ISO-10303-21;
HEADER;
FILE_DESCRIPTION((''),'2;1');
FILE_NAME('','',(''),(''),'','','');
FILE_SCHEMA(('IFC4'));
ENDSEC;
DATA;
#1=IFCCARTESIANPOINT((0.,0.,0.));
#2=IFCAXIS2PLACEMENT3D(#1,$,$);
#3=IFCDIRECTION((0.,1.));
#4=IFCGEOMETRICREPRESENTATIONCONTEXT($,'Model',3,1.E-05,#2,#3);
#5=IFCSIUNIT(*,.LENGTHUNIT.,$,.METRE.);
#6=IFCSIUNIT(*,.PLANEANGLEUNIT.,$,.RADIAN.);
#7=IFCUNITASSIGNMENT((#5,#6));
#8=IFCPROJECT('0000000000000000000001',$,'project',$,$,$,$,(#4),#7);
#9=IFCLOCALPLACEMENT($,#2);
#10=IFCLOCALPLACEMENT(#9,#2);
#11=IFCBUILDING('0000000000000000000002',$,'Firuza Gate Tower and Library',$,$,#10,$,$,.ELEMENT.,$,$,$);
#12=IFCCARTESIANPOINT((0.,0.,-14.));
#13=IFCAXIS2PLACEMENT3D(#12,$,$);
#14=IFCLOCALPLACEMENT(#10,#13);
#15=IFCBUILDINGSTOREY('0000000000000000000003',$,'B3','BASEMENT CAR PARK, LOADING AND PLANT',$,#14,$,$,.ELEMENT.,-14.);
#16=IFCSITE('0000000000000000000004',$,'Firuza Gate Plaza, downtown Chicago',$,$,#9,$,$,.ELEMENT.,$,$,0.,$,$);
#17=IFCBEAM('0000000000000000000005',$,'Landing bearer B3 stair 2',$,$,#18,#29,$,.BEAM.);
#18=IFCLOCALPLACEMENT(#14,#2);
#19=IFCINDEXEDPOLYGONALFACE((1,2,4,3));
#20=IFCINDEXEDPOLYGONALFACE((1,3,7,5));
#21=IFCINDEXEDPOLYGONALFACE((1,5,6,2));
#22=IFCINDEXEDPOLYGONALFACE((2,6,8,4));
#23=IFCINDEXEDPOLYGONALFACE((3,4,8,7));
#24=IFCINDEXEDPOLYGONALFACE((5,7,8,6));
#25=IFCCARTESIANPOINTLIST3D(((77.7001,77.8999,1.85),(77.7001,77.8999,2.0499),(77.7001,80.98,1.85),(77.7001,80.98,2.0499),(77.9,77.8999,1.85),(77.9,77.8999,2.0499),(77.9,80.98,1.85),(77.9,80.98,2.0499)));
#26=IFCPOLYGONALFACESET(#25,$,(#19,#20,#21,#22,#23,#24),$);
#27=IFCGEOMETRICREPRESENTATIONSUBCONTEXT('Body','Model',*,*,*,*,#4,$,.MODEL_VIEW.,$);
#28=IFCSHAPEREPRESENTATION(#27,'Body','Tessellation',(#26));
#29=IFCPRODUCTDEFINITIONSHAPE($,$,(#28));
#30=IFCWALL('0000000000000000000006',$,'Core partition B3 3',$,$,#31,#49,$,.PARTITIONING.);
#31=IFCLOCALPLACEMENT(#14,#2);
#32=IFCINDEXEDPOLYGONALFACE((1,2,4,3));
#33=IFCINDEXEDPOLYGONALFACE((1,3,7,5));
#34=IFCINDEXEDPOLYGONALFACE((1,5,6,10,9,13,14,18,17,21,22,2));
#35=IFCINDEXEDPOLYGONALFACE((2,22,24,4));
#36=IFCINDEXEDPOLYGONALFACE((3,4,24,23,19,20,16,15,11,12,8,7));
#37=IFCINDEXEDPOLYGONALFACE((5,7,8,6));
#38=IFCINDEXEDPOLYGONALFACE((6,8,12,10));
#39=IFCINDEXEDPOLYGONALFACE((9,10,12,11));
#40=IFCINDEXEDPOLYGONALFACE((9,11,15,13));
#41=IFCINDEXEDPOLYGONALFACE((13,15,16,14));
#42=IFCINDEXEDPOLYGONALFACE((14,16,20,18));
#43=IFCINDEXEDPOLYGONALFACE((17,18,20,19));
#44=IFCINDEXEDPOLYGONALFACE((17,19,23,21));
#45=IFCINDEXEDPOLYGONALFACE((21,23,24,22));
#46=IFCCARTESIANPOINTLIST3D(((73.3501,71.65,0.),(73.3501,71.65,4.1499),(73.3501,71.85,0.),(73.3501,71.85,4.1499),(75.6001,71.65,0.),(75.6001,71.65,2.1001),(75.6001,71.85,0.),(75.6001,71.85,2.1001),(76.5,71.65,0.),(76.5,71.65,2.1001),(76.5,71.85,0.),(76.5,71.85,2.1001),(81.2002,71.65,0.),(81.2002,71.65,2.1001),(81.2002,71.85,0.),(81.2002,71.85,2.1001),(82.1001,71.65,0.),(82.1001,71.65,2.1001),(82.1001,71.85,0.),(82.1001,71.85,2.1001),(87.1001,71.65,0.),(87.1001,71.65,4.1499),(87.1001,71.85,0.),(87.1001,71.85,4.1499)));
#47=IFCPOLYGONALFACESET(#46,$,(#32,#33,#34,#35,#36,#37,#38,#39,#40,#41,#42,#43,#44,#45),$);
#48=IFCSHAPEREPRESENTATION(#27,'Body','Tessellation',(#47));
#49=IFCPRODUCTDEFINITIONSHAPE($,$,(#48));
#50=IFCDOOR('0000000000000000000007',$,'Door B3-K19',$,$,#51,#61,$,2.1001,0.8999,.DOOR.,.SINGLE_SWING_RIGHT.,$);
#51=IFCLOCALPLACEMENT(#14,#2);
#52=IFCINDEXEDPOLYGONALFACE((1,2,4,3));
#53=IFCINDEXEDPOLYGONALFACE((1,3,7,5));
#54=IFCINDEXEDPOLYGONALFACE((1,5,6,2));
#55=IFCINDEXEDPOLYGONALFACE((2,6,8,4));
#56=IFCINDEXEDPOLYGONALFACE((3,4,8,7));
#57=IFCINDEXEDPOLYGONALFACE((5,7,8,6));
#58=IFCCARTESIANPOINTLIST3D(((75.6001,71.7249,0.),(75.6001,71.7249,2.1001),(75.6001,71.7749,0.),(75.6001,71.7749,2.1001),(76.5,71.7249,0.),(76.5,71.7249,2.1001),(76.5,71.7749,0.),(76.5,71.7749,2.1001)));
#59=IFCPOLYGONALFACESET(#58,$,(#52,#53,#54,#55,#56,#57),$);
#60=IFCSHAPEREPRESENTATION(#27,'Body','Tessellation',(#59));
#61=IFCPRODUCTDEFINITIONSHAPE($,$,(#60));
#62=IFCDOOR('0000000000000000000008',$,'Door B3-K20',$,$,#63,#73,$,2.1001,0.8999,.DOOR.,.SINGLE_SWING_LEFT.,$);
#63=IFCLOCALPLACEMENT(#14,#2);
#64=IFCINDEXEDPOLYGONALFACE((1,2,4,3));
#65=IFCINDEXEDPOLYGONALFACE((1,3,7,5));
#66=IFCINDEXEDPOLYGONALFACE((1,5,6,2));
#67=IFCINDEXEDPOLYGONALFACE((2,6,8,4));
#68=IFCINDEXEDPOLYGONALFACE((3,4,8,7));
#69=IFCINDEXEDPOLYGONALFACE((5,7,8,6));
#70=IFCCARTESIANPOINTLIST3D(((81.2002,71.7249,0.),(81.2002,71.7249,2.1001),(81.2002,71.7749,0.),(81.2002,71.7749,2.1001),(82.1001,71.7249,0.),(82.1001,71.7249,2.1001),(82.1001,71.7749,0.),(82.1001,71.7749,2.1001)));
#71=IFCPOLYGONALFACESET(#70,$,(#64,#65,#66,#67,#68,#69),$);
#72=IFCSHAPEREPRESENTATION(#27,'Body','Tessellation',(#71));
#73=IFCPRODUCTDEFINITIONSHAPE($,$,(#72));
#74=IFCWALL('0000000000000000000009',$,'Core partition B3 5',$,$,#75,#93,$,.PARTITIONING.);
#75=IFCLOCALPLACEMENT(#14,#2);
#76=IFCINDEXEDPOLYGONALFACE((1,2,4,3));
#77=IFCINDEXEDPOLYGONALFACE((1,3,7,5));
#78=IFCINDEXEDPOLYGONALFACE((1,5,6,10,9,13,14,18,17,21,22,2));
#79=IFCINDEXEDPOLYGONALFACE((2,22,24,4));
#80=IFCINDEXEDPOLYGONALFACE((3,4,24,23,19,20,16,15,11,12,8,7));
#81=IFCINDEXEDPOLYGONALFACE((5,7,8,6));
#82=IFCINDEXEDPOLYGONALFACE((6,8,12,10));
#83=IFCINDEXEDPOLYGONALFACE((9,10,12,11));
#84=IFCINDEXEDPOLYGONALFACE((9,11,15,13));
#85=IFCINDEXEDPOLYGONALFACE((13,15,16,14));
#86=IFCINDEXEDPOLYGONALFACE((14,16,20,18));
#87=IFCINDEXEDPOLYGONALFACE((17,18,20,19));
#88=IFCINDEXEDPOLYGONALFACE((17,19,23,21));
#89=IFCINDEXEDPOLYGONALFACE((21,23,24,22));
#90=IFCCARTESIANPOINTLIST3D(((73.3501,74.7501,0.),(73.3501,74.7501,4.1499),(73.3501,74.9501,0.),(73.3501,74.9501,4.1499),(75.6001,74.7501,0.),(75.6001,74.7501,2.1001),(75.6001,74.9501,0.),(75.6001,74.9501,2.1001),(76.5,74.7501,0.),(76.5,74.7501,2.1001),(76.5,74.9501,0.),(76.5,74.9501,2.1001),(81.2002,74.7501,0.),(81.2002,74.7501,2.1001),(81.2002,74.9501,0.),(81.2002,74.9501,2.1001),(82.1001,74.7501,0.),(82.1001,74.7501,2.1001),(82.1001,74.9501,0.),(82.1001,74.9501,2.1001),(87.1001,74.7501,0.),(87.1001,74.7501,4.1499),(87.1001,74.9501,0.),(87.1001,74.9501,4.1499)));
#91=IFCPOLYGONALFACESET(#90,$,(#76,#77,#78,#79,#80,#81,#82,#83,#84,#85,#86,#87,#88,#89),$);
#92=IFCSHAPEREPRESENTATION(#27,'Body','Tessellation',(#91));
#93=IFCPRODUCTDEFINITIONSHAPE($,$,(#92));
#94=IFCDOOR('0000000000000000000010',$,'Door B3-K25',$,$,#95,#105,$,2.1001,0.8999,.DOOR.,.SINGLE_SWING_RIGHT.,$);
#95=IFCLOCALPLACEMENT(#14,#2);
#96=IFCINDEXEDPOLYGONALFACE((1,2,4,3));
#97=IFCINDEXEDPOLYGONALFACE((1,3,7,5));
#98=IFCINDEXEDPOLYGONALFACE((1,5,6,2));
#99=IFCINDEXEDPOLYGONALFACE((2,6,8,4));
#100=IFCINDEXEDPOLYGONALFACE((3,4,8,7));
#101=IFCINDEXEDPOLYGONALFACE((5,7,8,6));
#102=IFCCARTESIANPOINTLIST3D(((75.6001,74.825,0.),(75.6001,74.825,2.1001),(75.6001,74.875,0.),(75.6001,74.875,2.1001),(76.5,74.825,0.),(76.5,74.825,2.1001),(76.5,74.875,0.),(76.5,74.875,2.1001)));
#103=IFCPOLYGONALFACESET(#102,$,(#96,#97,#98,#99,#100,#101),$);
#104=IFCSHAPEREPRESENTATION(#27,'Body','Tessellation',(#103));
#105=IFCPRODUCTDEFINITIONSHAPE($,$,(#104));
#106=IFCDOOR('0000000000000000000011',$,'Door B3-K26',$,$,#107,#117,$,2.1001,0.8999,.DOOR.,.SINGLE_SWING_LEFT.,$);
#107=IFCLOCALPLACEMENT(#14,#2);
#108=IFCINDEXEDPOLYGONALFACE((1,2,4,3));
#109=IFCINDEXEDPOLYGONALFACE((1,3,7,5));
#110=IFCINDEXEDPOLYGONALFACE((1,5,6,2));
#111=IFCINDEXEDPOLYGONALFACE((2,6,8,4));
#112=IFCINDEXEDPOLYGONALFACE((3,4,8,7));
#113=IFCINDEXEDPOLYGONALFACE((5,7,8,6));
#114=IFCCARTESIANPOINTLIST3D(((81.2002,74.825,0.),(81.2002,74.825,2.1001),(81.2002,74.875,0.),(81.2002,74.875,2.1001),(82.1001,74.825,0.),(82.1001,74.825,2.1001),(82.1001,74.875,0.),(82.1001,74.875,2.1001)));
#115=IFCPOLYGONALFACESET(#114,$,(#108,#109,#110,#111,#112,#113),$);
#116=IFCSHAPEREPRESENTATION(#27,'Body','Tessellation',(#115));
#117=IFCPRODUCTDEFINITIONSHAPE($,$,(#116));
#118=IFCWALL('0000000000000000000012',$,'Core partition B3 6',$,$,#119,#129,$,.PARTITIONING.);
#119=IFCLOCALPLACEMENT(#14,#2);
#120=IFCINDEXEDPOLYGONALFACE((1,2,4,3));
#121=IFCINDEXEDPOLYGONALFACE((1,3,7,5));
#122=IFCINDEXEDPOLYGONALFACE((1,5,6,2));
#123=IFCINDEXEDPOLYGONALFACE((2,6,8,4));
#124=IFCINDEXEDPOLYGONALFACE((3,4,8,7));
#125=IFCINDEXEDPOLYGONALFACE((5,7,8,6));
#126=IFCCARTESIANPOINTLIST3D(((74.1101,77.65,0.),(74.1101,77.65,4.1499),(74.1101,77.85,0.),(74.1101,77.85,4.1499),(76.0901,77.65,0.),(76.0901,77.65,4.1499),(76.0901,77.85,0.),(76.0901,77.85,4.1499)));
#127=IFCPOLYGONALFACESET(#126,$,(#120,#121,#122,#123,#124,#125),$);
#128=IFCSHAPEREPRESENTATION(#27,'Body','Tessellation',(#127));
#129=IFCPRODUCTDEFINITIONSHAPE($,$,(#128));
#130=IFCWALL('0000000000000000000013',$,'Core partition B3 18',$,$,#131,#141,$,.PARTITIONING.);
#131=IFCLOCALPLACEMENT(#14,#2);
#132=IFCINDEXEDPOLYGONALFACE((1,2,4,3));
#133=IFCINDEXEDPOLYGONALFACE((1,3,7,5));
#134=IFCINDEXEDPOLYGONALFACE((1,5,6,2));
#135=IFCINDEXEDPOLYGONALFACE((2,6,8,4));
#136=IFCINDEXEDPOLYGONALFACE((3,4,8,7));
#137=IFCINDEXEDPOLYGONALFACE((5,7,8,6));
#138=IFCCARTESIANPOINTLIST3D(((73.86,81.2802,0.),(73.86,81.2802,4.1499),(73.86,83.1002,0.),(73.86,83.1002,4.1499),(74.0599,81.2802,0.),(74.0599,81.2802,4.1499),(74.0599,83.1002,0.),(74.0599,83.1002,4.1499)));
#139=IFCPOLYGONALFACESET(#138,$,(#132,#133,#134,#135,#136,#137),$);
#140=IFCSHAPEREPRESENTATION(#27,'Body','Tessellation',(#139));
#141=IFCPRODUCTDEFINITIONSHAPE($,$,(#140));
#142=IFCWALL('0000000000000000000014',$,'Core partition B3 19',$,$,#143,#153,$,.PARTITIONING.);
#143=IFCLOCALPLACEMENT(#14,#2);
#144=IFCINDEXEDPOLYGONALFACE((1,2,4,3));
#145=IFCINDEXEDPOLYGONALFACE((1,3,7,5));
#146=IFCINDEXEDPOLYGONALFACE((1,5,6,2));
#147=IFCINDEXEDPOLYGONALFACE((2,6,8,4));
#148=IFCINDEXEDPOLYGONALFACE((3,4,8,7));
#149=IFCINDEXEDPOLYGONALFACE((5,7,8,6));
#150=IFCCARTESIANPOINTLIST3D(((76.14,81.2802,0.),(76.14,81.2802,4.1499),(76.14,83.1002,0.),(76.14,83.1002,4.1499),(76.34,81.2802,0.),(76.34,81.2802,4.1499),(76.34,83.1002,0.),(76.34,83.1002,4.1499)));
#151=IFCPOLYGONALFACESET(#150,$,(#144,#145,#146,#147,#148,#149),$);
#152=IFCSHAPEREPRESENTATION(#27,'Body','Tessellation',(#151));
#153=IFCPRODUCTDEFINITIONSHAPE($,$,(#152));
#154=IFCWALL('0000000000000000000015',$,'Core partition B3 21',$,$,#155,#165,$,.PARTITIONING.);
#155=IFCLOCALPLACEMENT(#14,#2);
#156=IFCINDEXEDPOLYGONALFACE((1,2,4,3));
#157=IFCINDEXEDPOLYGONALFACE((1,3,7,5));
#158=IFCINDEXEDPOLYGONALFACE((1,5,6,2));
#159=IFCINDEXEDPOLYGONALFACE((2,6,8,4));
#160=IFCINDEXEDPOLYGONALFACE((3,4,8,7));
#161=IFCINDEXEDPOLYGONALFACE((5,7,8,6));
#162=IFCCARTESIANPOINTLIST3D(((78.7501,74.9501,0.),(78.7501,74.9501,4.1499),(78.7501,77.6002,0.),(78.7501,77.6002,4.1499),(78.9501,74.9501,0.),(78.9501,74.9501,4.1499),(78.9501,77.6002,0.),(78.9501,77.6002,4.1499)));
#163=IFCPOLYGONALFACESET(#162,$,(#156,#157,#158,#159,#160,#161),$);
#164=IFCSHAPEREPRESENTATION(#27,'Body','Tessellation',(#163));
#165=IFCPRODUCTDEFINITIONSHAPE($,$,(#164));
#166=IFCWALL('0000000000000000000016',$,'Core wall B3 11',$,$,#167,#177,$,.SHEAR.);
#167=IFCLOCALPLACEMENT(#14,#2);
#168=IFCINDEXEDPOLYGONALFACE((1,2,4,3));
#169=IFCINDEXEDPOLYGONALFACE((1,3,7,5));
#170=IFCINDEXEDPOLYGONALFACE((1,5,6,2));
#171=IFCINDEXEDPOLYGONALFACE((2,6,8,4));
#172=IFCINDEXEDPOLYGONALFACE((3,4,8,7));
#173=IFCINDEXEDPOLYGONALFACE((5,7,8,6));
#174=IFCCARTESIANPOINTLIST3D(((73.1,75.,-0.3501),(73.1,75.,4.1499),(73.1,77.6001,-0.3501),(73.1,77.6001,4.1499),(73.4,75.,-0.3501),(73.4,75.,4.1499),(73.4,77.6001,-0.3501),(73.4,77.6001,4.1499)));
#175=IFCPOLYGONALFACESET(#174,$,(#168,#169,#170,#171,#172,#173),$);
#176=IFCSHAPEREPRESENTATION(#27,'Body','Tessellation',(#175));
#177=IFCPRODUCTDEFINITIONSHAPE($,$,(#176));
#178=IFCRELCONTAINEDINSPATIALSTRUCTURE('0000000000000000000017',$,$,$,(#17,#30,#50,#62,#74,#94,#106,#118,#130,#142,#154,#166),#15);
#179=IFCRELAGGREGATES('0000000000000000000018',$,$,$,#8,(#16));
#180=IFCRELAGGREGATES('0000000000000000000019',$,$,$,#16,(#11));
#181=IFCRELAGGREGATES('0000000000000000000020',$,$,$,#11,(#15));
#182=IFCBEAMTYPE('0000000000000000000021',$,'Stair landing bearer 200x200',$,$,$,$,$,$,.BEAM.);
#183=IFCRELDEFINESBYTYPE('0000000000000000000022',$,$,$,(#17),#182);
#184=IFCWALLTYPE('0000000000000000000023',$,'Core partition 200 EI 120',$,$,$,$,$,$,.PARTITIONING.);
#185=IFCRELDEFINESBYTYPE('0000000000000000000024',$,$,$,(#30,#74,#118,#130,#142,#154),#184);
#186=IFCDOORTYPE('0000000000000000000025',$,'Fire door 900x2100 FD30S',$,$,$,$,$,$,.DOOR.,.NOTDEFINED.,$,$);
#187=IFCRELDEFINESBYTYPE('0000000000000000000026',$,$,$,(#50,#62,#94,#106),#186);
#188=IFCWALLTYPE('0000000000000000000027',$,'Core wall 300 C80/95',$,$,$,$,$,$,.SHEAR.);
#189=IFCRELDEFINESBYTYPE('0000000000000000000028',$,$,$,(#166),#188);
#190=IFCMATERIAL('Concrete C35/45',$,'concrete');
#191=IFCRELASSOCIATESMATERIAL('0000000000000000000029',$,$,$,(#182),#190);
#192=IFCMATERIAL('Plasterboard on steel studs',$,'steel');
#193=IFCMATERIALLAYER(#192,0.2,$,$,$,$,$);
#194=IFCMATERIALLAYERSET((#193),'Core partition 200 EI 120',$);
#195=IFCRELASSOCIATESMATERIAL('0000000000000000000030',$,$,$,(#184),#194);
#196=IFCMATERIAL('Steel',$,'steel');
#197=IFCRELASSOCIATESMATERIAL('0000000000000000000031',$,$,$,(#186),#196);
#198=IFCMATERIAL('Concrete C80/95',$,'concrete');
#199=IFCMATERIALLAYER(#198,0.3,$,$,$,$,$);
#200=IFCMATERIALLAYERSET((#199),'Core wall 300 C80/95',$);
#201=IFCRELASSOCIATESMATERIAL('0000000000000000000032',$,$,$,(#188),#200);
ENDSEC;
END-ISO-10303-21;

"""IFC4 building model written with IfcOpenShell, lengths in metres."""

from ifc_helpers import new_model, si_unit, direction, frame, frame_2d, origin, origin_2d, place, context, subcontext, project, spatial, rectangle, extrude, material, layer, layer_set, material_profile, profile_set, type_object, element, fill, save


model = new_model("IFC4")

# Units and contexts
model_context = context("Model", 3, precision=1e-05, world=origin(), true_north=direction((0.0, 1.0)))
body_context = subcontext(model_context, "Body", "Model", "MODEL_VIEW")
ifc_project = project(units=[si_unit("LENGTHUNIT", "METRE"), si_unit("PLANEANGLEUNIT", "RADIAN")], contexts=[model_context])

# Site, building, storey
site_placement = place(None, origin())
site = spatial("IfcSite", under=ifc_project, at=site_placement, Name="Firuza Gate Plaza, downtown Chicago", CompositionType="ELEMENT", RefElevation=0.0)
building_placement = place(site_placement, origin())
building = spatial("IfcBuilding", under=site, at=building_placement, Name="Firuza Gate Tower and Library", CompositionType="ELEMENT")
storey_placement = place(building_placement, frame((0.0, 0.0, -14.0)))
storey = spatial("IfcBuildingStorey", under=building, at=storey_placement, Name="B3", Description="BASEMENT CAR PARK, LOADING AND PLANT", CompositionType="ELEMENT", Elevation=-14.0)

# Beam
ifc_material_1 = material(Name="Concrete C35/45", Category="concrete")
ifc_material_profile_1 = material_profile(ifc_material_1, rectangle(XDim=0.2, YDim=0.2, at=origin_2d()))
ifc_profile_set_1 = profile_set([ifc_material_profile_1], Name="Concrete C35/45")
beam_type = type_object("IfcBeamType", Name="Stair landing bearer 200x200", PredefinedType="BEAM", material=ifc_profile_set_1)
beam_placement = place(storey_placement, frame((77.8, 80.98, 1.95), z_axis=(0.0, -1.0, 0.0), x_axis=(1.0, 0.0, 0.0)))
element("IfcBeam", 1, at=beam_placement, inside=storey, type_object=beam_type, Name="Landing bearer B3 stair 2", PredefinedType="BEAM", context=body_context, shape_type="SweptSolid", body=[
    extrude(rectangle(XDim=0.2, YDim=0.2, at=origin_2d()), origin(), (0.0, 0.0, 1.0), 3.0801),
])

# Walls, openings, doors
ifc_material_2 = material(Name="Plasterboard on steel studs", Category="steel")
ifc_layer_1 = layer(ifc_material_2, 0.2)
ifc_layer_set_1 = layer_set([ifc_layer_1], Name="Core partition 200 EI 120")
wall_type_1 = type_object("IfcWallType", Name="Core partition 200 EI 120", PredefinedType="PARTITIONING", material=ifc_layer_set_1)
wall_1_placement = place(storey_placement, frame((73.3501, 71.75, 0.0), z_axis=(0.0, 0.0, 1.0), x_axis=(1.0, 0.0, 0.0)))
wall_1 = element("IfcWall", 2, at=wall_1_placement, inside=storey, type_object=wall_type_1, Name="Core partition B3 3", PredefinedType="PARTITIONING", context=body_context, shape_type="SweptSolid", body=[
    extrude(rectangle(XDim=13.75, YDim=0.2, at=frame_2d((6.875, 0.0))), origin(), (0.0, 0.0, 1.0), 4.1499),
])
opening_1_placement = place(wall_1_placement, frame((2.25, 0.0, 0.0)))
opening_1 = element("IfcOpeningElement", 3, at=opening_1_placement, cuts=wall_1, PredefinedType="OPENING", context=body_context, shape_type="SweptSolid", body=[
    extrude(rectangle(XDim=0.8999, YDim=2.1001, at=frame_2d((0.45, 1.05))), frame((0.0, 0.1099, 0.0), z_axis=(0.0, -1.0, 0.0), x_axis=(1.0, 0.0, 0.0)), (0.0, 0.0, 1.0), 0.22),
])
opening_2_placement = place(wall_1_placement, frame((7.8501, 0.0, 0.0)))
opening_2 = element("IfcOpeningElement", 4, at=opening_2_placement, cuts=wall_1, PredefinedType="OPENING", context=body_context, shape_type="SweptSolid", body=[
    extrude(rectangle(XDim=0.8999, YDim=2.1001, at=frame_2d((0.45, 1.05))), frame((0.0, 0.1099, 0.0), z_axis=(0.0, -1.0, 0.0), x_axis=(1.0, 0.0, 0.0)), (0.0, 0.0, 1.0), 0.22),
])
ifc_material_3 = material(Name="Steel", Category="steel")
door_type_1 = type_object("IfcDoorType", Name="Fire door 900x2100 FD30S", OperationType="NOTDEFINED", PredefinedType="DOOR", material=ifc_material_3)
door_1_placement = place(opening_1_placement, origin())
door_1 = element("IfcDoor", 5, at=door_1_placement, inside=storey, type_object=door_type_1, Name="Door B3-K19", OperationType="SINGLE_SWING_RIGHT", OverallHeight=2.1001, OverallWidth=0.8999, PredefinedType="DOOR", context=body_context, shape_type="SweptSolid", body=[
    extrude(rectangle(XDim=0.8999, YDim=2.1001, at=frame_2d((0.45, 1.05))), frame((0.0, 0.0249, 0.0), z_axis=(0.0, -1.0, 0.0), x_axis=(1.0, 0.0, 0.0)), (0.0, 0.0, 1.0), 0.05),
])
fill(opening_1, door_1)
door_2_placement = place(opening_2_placement, origin())
door_2 = element("IfcDoor", 6, at=door_2_placement, inside=storey, type_object=door_type_1, Name="Door B3-K20", OperationType="SINGLE_SWING_LEFT", OverallHeight=2.1001, OverallWidth=0.8999, PredefinedType="DOOR", context=body_context, shape_type="SweptSolid", body=[
    extrude(rectangle(XDim=0.8999, YDim=2.1001, at=frame_2d((0.45, 1.05))), frame((0.0, 0.0249, 0.0), z_axis=(0.0, -1.0, 0.0), x_axis=(1.0, 0.0, 0.0)), (0.0, 0.0, 1.0), 0.05),
])
fill(opening_2, door_2)
wall_2_placement = place(storey_placement, frame((73.3501, 74.8501, 0.0), z_axis=(0.0, 0.0, 1.0), x_axis=(1.0, 0.0, 0.0)))
wall_2 = element("IfcWall", 7, at=wall_2_placement, inside=storey, type_object=wall_type_1, Name="Core partition B3 5", PredefinedType="PARTITIONING", context=body_context, shape_type="SweptSolid", body=[
    extrude(rectangle(XDim=13.75, YDim=0.2, at=frame_2d((6.875, 0.0))), origin(), (0.0, 0.0, 1.0), 4.1499),
])
opening_3_placement = place(wall_2_placement, frame((2.25, 0.0, 0.0)))
opening_3 = element("IfcOpeningElement", 8, at=opening_3_placement, cuts=wall_2, PredefinedType="OPENING", context=body_context, shape_type="SweptSolid", body=[
    extrude(rectangle(XDim=0.8999, YDim=2.1001, at=frame_2d((0.45, 1.05))), frame((0.0, 0.1099, 0.0), z_axis=(0.0, -1.0, 0.0), x_axis=(1.0, 0.0, 0.0)), (0.0, 0.0, 1.0), 0.22),
])
opening_4_placement = place(wall_2_placement, frame((7.8501, 0.0, 0.0)))
opening_4 = element("IfcOpeningElement", 9, at=opening_4_placement, cuts=wall_2, PredefinedType="OPENING", context=body_context, shape_type="SweptSolid", body=[
    extrude(rectangle(XDim=0.8999, YDim=2.1001, at=frame_2d((0.45, 1.05))), frame((0.0, 0.1099, 0.0), z_axis=(0.0, -1.0, 0.0), x_axis=(1.0, 0.0, 0.0)), (0.0, 0.0, 1.0), 0.22),
])
door_3_placement = place(opening_3_placement, origin())
door_3 = element("IfcDoor", 10, at=door_3_placement, inside=storey, type_object=door_type_1, Name="Door B3-K25", OperationType="SINGLE_SWING_RIGHT", OverallHeight=2.1001, OverallWidth=0.8999, PredefinedType="DOOR", context=body_context, shape_type="SweptSolid", body=[
    extrude(rectangle(XDim=0.8999, YDim=2.1001, at=frame_2d((0.45, 1.05))), frame((0.0, 0.0249, 0.0), z_axis=(0.0, -1.0, 0.0), x_axis=(1.0, 0.0, 0.0)), (0.0, 0.0, 1.0), 0.05),
])
fill(opening_3, door_3)
door_4_placement = place(opening_4_placement, origin())
door_4 = element("IfcDoor", 11, at=door_4_placement, inside=storey, type_object=door_type_1, Name="Door B3-K26", OperationType="SINGLE_SWING_LEFT", OverallHeight=2.1001, OverallWidth=0.8999, PredefinedType="DOOR", context=body_context, shape_type="SweptSolid", body=[
    extrude(rectangle(XDim=0.8999, YDim=2.1001, at=frame_2d((0.45, 1.05))), frame((0.0, 0.0249, 0.0), z_axis=(0.0, -1.0, 0.0), x_axis=(1.0, 0.0, 0.0)), (0.0, 0.0, 1.0), 0.05),
])
fill(opening_4, door_4)

# Walls
wall_3_placement = place(storey_placement, frame((74.1101, 77.75, 0.0), z_axis=(0.0, 0.0, 1.0), x_axis=(1.0, 0.0, 0.0)))
element("IfcWall", 12, at=wall_3_placement, inside=storey, type_object=wall_type_1, Name="Core partition B3 6", PredefinedType="PARTITIONING", context=body_context, shape_type="SweptSolid", body=[
    extrude(rectangle(XDim=1.98, YDim=0.2, at=frame_2d((0.99, 0.0))), origin(), (0.0, 0.0, 1.0), 4.1499),
])
for number, where, z_axis, x_axis, name in (
    (13, (73.96, 81.28, 0.0), (0.0, 0.0, 1.0), (0.0, 1.0, 0.0), "Core partition B3 18"),
    (14, (76.24, 81.28, 0.0), (0.0, 0.0, 1.0), (0.0, 1.0, 0.0), "Core partition B3 19"),
):
    element("IfcWall", number, at=place(storey_placement, frame(where, z_axis=z_axis, x_axis=x_axis)), inside=storey, type_object=wall_type_1, Name=name, PredefinedType="PARTITIONING", context=body_context, shape_type="SweptSolid", body=[
        extrude(rectangle(XDim=1.8201, YDim=0.2, at=frame_2d((0.9102, 0.0))), origin(), (0.0, 0.0, 1.0), 4.1499),
    ])
wall_4_placement = place(storey_placement, frame((78.8501, 74.95, 0.0), z_axis=(0.0, 0.0, 1.0), x_axis=(0.0, 1.0, 0.0)))
element("IfcWall", 15, at=wall_4_placement, inside=storey, type_object=wall_type_1, Name="Core partition B3 21", PredefinedType="PARTITIONING", context=body_context, shape_type="SweptSolid", body=[
    extrude(rectangle(XDim=2.6501, YDim=0.2, at=frame_2d((1.3252, 0.0))), origin(), (0.0, 0.0, 1.0), 4.1499),
])
ifc_material_4 = material(Name="Concrete C80/95", Category="concrete")
ifc_layer_2 = layer(ifc_material_4, 0.3)
ifc_layer_set_2 = layer_set([ifc_layer_2], Name="Core wall 300 C80/95")
wall_type_2 = type_object("IfcWallType", Name="Core wall 300 C80/95", PredefinedType="SHEAR", material=ifc_layer_set_2)
wall_5_placement = place(storey_placement, frame((73.25, 75.0, -0.3501), z_axis=(0.0, 0.0, 1.0), x_axis=(0.0, 1.0, 0.0)))
element("IfcWall", 16, at=wall_5_placement, inside=storey, type_object=wall_type_2, Name="Core wall B3 11", PredefinedType="SHEAR", context=body_context, shape_type="SweptSolid", body=[
    extrude(rectangle(XDim=2.6001, YDim=0.3, at=frame_2d((1.3, 0.0))), origin(), (0.0, 0.0, 1.0), 4.5),
])

save(model, "model.ifc")
